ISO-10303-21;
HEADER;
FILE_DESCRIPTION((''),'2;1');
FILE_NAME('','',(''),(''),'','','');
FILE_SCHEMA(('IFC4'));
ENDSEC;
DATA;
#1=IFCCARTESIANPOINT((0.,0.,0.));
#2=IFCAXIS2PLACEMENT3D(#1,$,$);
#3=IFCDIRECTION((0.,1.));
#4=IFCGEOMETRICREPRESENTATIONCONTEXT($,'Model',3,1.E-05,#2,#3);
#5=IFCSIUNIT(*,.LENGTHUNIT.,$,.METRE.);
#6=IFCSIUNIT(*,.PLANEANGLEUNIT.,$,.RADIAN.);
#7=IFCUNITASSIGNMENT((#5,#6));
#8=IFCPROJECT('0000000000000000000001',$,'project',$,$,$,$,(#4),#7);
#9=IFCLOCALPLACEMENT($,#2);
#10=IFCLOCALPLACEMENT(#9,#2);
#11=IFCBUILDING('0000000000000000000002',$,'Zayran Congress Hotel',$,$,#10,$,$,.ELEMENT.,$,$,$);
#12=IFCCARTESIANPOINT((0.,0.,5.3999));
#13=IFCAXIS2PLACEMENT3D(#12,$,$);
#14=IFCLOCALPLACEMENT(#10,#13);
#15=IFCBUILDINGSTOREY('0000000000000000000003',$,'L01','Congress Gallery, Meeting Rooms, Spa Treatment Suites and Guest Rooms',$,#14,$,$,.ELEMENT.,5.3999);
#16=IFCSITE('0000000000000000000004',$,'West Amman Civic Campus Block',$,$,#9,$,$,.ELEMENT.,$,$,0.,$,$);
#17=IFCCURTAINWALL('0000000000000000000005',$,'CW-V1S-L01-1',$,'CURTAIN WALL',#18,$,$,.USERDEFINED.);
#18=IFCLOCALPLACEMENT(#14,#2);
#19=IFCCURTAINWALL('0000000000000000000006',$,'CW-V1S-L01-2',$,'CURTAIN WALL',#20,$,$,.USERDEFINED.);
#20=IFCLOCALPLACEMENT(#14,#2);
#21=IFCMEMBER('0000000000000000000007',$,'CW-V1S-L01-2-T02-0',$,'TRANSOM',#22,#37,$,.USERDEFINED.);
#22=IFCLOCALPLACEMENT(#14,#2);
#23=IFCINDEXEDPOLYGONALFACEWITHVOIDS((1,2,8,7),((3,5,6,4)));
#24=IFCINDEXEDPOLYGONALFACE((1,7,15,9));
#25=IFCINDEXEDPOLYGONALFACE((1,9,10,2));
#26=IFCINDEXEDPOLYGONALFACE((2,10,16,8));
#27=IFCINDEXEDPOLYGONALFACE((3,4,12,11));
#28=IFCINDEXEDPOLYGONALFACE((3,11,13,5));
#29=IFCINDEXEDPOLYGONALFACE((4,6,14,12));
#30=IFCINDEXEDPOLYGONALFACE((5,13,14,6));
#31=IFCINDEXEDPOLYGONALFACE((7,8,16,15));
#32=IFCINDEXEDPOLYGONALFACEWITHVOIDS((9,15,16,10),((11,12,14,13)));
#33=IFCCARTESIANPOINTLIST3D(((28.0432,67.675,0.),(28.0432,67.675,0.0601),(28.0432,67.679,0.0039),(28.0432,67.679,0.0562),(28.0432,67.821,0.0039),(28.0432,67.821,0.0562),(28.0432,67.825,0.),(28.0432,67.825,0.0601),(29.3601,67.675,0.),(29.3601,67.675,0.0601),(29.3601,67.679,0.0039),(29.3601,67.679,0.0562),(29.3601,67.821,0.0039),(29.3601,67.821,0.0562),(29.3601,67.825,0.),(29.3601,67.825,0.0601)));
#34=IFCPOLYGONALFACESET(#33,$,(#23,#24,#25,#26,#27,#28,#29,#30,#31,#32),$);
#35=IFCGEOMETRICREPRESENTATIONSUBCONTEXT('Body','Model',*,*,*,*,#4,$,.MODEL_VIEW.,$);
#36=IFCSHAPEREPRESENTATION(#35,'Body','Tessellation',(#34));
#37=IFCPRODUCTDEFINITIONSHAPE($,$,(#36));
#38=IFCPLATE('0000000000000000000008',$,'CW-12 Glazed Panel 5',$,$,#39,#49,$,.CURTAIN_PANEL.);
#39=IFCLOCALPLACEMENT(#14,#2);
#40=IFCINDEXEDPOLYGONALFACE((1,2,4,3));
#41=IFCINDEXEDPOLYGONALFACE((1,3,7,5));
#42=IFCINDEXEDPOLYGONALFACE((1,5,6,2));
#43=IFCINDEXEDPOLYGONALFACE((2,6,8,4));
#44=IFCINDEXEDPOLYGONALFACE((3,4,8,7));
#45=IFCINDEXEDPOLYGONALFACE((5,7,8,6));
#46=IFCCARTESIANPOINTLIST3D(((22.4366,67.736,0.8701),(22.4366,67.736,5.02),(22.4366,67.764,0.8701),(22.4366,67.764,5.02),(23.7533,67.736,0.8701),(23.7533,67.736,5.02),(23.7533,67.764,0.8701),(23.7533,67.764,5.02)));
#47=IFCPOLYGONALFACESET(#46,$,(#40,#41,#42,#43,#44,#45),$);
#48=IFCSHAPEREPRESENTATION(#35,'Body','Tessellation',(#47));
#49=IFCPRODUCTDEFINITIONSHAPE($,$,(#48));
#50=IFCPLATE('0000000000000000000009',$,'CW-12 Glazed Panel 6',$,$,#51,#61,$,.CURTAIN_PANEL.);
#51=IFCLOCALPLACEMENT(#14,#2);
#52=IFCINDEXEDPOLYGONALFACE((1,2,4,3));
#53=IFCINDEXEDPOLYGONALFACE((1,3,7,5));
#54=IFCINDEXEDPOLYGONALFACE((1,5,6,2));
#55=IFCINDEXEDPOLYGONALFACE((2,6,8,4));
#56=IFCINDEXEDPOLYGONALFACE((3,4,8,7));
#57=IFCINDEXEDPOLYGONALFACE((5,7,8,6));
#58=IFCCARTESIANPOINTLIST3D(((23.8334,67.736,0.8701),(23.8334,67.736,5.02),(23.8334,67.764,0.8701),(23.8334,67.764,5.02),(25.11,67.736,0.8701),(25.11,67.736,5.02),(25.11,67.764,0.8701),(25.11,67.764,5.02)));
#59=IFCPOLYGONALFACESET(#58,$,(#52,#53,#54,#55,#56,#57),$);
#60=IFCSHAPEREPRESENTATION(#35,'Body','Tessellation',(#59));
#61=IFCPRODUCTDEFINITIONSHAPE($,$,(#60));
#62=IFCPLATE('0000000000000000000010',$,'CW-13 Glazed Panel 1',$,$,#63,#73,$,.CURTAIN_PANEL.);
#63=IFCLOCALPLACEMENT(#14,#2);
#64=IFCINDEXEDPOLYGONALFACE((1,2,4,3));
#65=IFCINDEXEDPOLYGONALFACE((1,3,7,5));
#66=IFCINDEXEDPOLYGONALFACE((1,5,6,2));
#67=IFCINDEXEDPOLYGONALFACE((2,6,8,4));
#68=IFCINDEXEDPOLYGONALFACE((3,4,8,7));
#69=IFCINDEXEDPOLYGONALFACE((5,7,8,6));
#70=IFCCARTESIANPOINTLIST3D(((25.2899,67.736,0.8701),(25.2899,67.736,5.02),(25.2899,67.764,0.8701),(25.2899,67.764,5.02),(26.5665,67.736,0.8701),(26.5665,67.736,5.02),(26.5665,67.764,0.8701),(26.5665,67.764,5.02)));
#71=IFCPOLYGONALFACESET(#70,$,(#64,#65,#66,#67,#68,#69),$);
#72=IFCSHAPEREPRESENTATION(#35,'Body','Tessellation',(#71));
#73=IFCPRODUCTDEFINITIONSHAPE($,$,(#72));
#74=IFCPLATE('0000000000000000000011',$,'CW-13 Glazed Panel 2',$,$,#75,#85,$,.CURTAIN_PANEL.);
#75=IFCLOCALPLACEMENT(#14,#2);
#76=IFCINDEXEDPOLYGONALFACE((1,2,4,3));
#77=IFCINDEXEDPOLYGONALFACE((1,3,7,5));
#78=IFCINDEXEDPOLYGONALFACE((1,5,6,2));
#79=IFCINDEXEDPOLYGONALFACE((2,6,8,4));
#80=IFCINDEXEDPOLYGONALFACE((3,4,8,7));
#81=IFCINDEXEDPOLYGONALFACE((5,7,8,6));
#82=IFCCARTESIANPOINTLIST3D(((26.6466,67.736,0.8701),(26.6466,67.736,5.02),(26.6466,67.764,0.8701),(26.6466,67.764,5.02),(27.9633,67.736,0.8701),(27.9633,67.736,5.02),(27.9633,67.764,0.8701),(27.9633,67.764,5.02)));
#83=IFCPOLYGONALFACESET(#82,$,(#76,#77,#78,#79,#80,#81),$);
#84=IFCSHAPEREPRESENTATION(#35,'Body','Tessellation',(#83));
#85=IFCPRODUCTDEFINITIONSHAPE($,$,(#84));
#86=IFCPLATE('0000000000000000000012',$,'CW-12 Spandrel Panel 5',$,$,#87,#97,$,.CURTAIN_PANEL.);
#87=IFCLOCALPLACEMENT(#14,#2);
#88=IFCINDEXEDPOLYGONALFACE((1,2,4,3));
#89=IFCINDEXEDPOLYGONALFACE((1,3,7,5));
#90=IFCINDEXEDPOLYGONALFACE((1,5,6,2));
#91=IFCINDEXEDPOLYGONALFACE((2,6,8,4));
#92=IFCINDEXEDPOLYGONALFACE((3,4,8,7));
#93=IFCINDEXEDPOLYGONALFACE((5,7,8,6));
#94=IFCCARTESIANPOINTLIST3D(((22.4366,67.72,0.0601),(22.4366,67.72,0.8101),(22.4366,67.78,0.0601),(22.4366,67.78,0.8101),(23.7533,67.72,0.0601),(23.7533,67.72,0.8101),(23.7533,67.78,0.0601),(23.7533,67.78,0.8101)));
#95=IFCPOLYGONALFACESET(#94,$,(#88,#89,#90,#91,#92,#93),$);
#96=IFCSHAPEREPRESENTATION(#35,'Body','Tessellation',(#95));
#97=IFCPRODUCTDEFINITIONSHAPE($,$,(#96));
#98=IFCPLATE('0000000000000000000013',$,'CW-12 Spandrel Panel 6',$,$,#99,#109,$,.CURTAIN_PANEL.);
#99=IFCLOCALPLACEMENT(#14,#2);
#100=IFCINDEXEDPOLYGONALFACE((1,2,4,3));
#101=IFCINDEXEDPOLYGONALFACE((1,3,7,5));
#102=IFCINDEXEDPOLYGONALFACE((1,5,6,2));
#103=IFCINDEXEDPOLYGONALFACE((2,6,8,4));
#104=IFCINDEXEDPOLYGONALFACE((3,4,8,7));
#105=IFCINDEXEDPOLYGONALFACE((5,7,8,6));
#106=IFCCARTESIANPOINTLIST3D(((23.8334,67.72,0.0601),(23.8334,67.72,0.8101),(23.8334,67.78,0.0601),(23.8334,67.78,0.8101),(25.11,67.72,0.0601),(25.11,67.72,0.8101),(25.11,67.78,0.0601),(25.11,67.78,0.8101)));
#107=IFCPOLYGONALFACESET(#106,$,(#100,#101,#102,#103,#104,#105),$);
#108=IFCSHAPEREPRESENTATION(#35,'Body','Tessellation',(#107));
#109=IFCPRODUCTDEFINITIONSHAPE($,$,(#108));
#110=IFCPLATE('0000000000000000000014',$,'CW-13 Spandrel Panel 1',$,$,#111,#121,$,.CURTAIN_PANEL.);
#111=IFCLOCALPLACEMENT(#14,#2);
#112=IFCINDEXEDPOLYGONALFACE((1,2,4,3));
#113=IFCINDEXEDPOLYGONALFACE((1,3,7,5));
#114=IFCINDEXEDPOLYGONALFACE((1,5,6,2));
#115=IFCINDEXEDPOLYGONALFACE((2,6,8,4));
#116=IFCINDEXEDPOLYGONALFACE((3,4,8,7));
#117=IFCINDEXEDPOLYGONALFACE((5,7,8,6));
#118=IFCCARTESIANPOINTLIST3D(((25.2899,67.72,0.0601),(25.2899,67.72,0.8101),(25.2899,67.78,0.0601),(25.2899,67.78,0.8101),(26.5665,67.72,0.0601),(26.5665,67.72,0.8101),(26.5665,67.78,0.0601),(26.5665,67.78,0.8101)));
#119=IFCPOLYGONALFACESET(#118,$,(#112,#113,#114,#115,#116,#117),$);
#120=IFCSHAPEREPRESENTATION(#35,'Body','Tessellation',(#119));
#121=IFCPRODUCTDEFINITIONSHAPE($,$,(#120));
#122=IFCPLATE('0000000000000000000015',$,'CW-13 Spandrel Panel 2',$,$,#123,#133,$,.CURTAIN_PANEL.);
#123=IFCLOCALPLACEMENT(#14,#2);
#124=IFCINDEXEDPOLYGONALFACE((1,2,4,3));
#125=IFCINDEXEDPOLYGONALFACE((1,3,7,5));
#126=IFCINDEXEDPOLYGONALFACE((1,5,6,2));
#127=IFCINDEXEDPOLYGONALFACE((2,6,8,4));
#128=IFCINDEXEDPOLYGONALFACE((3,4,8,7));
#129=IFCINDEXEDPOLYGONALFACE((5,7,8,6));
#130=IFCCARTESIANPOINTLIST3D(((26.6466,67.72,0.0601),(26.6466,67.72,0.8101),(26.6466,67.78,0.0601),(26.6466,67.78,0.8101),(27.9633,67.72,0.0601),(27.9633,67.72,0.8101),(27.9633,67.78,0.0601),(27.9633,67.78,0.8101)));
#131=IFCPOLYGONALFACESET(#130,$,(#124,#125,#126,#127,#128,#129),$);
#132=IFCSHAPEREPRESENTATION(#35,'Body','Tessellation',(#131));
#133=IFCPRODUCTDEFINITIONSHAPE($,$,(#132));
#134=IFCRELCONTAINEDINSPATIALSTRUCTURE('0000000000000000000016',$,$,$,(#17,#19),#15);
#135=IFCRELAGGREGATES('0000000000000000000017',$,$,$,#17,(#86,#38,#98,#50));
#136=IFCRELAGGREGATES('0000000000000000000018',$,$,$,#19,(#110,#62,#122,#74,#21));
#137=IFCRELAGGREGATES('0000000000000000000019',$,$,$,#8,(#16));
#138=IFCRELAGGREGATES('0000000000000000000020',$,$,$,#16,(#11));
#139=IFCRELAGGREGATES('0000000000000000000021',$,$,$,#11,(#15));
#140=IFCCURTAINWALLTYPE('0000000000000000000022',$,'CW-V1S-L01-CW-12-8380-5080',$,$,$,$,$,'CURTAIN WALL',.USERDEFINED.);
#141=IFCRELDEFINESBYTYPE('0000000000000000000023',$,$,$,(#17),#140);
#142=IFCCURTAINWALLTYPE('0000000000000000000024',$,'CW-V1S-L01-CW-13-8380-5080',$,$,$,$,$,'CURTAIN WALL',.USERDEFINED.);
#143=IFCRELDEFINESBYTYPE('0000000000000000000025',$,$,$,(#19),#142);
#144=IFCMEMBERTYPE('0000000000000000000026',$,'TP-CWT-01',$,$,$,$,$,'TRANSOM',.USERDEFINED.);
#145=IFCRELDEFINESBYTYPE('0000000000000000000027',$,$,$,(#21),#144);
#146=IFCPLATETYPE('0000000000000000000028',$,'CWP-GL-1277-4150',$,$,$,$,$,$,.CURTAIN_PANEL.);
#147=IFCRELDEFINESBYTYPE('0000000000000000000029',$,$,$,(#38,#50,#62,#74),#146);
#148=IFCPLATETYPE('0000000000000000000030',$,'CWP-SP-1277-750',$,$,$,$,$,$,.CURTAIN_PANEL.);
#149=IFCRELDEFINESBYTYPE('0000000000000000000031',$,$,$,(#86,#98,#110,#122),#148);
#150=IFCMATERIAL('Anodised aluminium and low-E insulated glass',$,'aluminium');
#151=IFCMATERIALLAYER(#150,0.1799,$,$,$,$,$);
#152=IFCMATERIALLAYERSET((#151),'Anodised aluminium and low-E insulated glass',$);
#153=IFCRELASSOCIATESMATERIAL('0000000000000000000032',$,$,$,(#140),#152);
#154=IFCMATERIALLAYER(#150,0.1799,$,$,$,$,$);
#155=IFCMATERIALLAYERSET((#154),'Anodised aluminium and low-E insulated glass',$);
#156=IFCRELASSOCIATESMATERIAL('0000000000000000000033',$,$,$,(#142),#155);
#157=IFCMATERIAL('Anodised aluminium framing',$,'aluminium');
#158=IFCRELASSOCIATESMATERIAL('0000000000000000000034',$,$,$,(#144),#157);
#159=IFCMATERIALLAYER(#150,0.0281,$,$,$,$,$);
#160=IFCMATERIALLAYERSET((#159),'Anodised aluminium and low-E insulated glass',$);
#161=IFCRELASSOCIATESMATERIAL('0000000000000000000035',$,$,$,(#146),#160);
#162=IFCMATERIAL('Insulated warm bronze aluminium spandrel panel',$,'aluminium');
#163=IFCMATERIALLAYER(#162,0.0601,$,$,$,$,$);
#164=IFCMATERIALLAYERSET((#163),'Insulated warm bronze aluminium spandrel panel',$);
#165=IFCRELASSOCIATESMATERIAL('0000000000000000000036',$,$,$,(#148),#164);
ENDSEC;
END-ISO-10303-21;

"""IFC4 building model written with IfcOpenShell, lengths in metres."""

from ifc_helpers import new_model, si_unit, direction, frame, origin, origin_2d, place, context, subcontext, project, spatial, rectangle, hollow_rectangle, extrude, material, layer, layer_set, material_profile, profile_set, type_object, element, aggregate, save


model = new_model("IFC4")

# Units and contexts
model_context = context("Model", 3, precision=1e-05, world=origin(), true_north=direction((0.0, 1.0)))
body_context = subcontext(model_context, "Body", "Model", "MODEL_VIEW")
ifc_project = project(units=[si_unit("LENGTHUNIT", "METRE"), si_unit("PLANEANGLEUNIT", "RADIAN")], contexts=[model_context])

# Site, building, storey
site_placement = place(None, origin())
site = spatial("IfcSite", under=ifc_project, at=site_placement, Name="West Amman Civic Campus Block", CompositionType="ELEMENT", RefElevation=0.0)
building_placement = place(site_placement, origin())
building = spatial("IfcBuilding", under=site, at=building_placement, Name="Zayran Congress Hotel", CompositionType="ELEMENT")
storey_placement = place(building_placement, frame((0.0, 0.0, 5.3999)))
storey = spatial("IfcBuildingStorey", under=building, at=storey_placement, Name="L01", Description="Congress Gallery, Meeting Rooms, Spa Treatment Suites and Guest Rooms", CompositionType="ELEMENT", Elevation=5.3999)

# Curtain walls
ifc_material_1 = material(Name="Anodised aluminium and low-E insulated glass", Category="aluminium")
ifc_layer_1 = layer(ifc_material_1, 0.1799)
ifc_layer_set_1 = layer_set([ifc_layer_1], Name="Anodised aluminium and low-E insulated glass")
curtain_wall_type_1 = type_object("IfcCurtainWallType", Name="CW-V1S-L01-CW-12-8380-5080", ElementType="CURTAIN WALL", PredefinedType="USERDEFINED", material=ifc_layer_set_1)
curtain_wall_1_placement = place(storey_placement, origin())
curtain_wall_1 = element("IfcCurtainWall", 1, at=curtain_wall_1_placement, inside=storey, type_object=curtain_wall_type_1, Name="CW-V1S-L01-1", ObjectType="CURTAIN WALL", PredefinedType="USERDEFINED")
ifc_material_2 = material(Name="Anodised aluminium framing", Category="aluminium")
ifc_layer_2 = layer(ifc_material_1, 0.1799)
ifc_layer_set_2 = layer_set([ifc_layer_2], Name="Anodised aluminium and low-E insulated glass")
curtain_wall_type_2 = type_object("IfcCurtainWallType", Name="CW-V1S-L01-CW-13-8380-5080", ElementType="CURTAIN WALL", PredefinedType="USERDEFINED", material=ifc_layer_set_2)
curtain_wall_2_placement = place(storey_placement, origin())
curtain_wall_2 = element("IfcCurtainWall", 2, at=curtain_wall_2_placement, inside=storey, type_object=curtain_wall_type_2, Name="CW-V1S-L01-2", ObjectType="CURTAIN WALL", PredefinedType="USERDEFINED")

# Member
ifc_material_profile_1 = material_profile(ifc_material_2, hollow_rectangle(XDim=0.0601, YDim=0.1499, WallThickness=0.0039, at=origin_2d()), Name="RHS 150x60x4")
ifc_profile_set_1 = profile_set([ifc_material_profile_1], Name="Anodised aluminium framing")
member_type_1 = type_object("IfcMemberType", Name="TP-CWT-01", ElementType="TRANSOM", PredefinedType="USERDEFINED", material=ifc_profile_set_1)
member_1_placement = place(storey_placement, frame((28.0432, 67.75, 0.03), z_axis=(1.0, 0.0, 0.0), x_axis=(0.0, 0.0, 1.0)))
member_1 = element("IfcMember", 3, at=member_1_placement, type_object=member_type_1, Name="CW-V1S-L01-2-T02-0", ObjectType="TRANSOM", PredefinedType="USERDEFINED", context=body_context, shape_type="SweptSolid", body=[
    extrude(hollow_rectangle(XDim=0.0601, YDim=0.1499, WallThickness=0.0039, at=origin_2d()), origin(), (0.0, 0.0, 1.0), 1.3169),
])

# Plates
ifc_layer_3 = layer(ifc_material_1, 0.0281)
ifc_layer_set_3 = layer_set([ifc_layer_3], Name="Anodised aluminium and low-E insulated glass")
plate_type_1 = type_object("IfcPlateType", Name="CWP-GL-1277-4150", PredefinedType="CURTAIN_PANEL", material=ifc_layer_set_3)
plate_1_placement = place(storey_placement, frame((23.095, 67.75, 0.8701), z_axis=(0.0, 0.0, 1.0), x_axis=(1.0, 0.0, 0.0)))
plate_1 = element("IfcPlate", 4, at=plate_1_placement, type_object=plate_type_1, Name="CW-12 Glazed Panel 5", PredefinedType="CURTAIN_PANEL", context=body_context, shape_type="SweptSolid", body=[
    extrude(rectangle(XDim=1.3167, YDim=0.0281, at=origin_2d()), origin(), (0.0, 0.0, 1.0), 4.1499),
])
plate_2_placement = place(storey_placement, frame((24.4717, 67.75, 0.8701), z_axis=(0.0, 0.0, 1.0), x_axis=(1.0, 0.0, 0.0)))
plate_2 = element("IfcPlate", 5, at=plate_2_placement, type_object=plate_type_1, Name="CW-12 Glazed Panel 6", PredefinedType="CURTAIN_PANEL", context=body_context, shape_type="SweptSolid", body=[
    extrude(rectangle(XDim=1.2766, YDim=0.0281, at=origin_2d()), origin(), (0.0, 0.0, 1.0), 4.1499),
])
plate_3_placement = place(storey_placement, frame((25.9282, 67.75, 0.8701), z_axis=(0.0, 0.0, 1.0), x_axis=(1.0, 0.0, 0.0)))
plate_3 = element("IfcPlate", 6, at=plate_3_placement, type_object=plate_type_1, Name="CW-13 Glazed Panel 1", PredefinedType="CURTAIN_PANEL", context=body_context, shape_type="SweptSolid", body=[
    extrude(rectangle(XDim=1.2766, YDim=0.0281, at=origin_2d()), origin(), (0.0, 0.0, 1.0), 4.1499),
])
plate_4_placement = place(storey_placement, frame((27.3049, 67.75, 0.8701), z_axis=(0.0, 0.0, 1.0), x_axis=(1.0, 0.0, 0.0)))
plate_4 = element("IfcPlate", 7, at=plate_4_placement, type_object=plate_type_1, Name="CW-13 Glazed Panel 2", PredefinedType="CURTAIN_PANEL", context=body_context, shape_type="SweptSolid", body=[
    extrude(rectangle(XDim=1.3167, YDim=0.0281, at=origin_2d()), origin(), (0.0, 0.0, 1.0), 4.1499),
])
ifc_material_3 = material(Name="Insulated warm bronze aluminium spandrel panel", Category="aluminium")
ifc_layer_4 = layer(ifc_material_3, 0.0601)
ifc_layer_set_4 = layer_set([ifc_layer_4], Name="Insulated warm bronze aluminium spandrel panel")
plate_type_2 = type_object("IfcPlateType", Name="CWP-SP-1277-750", PredefinedType="CURTAIN_PANEL", material=ifc_layer_set_4)
plate_5_placement = place(storey_placement, frame((23.095, 67.75, 0.0601), z_axis=(0.0, 0.0, 1.0), x_axis=(1.0, 0.0, 0.0)))
plate_5 = element("IfcPlate", 8, at=plate_5_placement, type_object=plate_type_2, Name="CW-12 Spandrel Panel 5", PredefinedType="CURTAIN_PANEL", context=body_context, shape_type="SweptSolid", body=[
    extrude(rectangle(XDim=1.3167, YDim=0.0601, at=origin_2d()), origin(), (0.0, 0.0, 1.0), 0.75),
])
plate_6_placement = place(storey_placement, frame((24.4717, 67.75, 0.0601), z_axis=(0.0, 0.0, 1.0), x_axis=(1.0, 0.0, 0.0)))
plate_6 = element("IfcPlate", 9, at=plate_6_placement, type_object=plate_type_2, Name="CW-12 Spandrel Panel 6", PredefinedType="CURTAIN_PANEL", context=body_context, shape_type="SweptSolid", body=[
    extrude(rectangle(XDim=1.2766, YDim=0.0601, at=origin_2d()), origin(), (0.0, 0.0, 1.0), 0.75),
])
aggregate(curtain_wall_1, [plate_5, plate_1, plate_6, plate_2])
plate_7_placement = place(storey_placement, frame((25.9282, 67.75, 0.0601), z_axis=(0.0, 0.0, 1.0), x_axis=(1.0, 0.0, 0.0)))
plate_7 = element("IfcPlate", 10, at=plate_7_placement, type_object=plate_type_2, Name="CW-13 Spandrel Panel 1", PredefinedType="CURTAIN_PANEL", context=body_context, shape_type="SweptSolid", body=[
    extrude(rectangle(XDim=1.2766, YDim=0.0601, at=origin_2d()), origin(), (0.0, 0.0, 1.0), 0.75),
])
plate_8_placement = place(storey_placement, frame((27.3049, 67.75, 0.0601), z_axis=(0.0, 0.0, 1.0), x_axis=(1.0, 0.0, 0.0)))
plate_8 = element("IfcPlate", 11, at=plate_8_placement, type_object=plate_type_2, Name="CW-13 Spandrel Panel 2", PredefinedType="CURTAIN_PANEL", context=body_context, shape_type="SweptSolid", body=[
    extrude(rectangle(XDim=1.3167, YDim=0.0601, at=origin_2d()), origin(), (0.0, 0.0, 1.0), 0.75),
])
aggregate(curtain_wall_2, [plate_7, plate_3, plate_8, plate_4, member_1])

save(model, "model.ifc")
